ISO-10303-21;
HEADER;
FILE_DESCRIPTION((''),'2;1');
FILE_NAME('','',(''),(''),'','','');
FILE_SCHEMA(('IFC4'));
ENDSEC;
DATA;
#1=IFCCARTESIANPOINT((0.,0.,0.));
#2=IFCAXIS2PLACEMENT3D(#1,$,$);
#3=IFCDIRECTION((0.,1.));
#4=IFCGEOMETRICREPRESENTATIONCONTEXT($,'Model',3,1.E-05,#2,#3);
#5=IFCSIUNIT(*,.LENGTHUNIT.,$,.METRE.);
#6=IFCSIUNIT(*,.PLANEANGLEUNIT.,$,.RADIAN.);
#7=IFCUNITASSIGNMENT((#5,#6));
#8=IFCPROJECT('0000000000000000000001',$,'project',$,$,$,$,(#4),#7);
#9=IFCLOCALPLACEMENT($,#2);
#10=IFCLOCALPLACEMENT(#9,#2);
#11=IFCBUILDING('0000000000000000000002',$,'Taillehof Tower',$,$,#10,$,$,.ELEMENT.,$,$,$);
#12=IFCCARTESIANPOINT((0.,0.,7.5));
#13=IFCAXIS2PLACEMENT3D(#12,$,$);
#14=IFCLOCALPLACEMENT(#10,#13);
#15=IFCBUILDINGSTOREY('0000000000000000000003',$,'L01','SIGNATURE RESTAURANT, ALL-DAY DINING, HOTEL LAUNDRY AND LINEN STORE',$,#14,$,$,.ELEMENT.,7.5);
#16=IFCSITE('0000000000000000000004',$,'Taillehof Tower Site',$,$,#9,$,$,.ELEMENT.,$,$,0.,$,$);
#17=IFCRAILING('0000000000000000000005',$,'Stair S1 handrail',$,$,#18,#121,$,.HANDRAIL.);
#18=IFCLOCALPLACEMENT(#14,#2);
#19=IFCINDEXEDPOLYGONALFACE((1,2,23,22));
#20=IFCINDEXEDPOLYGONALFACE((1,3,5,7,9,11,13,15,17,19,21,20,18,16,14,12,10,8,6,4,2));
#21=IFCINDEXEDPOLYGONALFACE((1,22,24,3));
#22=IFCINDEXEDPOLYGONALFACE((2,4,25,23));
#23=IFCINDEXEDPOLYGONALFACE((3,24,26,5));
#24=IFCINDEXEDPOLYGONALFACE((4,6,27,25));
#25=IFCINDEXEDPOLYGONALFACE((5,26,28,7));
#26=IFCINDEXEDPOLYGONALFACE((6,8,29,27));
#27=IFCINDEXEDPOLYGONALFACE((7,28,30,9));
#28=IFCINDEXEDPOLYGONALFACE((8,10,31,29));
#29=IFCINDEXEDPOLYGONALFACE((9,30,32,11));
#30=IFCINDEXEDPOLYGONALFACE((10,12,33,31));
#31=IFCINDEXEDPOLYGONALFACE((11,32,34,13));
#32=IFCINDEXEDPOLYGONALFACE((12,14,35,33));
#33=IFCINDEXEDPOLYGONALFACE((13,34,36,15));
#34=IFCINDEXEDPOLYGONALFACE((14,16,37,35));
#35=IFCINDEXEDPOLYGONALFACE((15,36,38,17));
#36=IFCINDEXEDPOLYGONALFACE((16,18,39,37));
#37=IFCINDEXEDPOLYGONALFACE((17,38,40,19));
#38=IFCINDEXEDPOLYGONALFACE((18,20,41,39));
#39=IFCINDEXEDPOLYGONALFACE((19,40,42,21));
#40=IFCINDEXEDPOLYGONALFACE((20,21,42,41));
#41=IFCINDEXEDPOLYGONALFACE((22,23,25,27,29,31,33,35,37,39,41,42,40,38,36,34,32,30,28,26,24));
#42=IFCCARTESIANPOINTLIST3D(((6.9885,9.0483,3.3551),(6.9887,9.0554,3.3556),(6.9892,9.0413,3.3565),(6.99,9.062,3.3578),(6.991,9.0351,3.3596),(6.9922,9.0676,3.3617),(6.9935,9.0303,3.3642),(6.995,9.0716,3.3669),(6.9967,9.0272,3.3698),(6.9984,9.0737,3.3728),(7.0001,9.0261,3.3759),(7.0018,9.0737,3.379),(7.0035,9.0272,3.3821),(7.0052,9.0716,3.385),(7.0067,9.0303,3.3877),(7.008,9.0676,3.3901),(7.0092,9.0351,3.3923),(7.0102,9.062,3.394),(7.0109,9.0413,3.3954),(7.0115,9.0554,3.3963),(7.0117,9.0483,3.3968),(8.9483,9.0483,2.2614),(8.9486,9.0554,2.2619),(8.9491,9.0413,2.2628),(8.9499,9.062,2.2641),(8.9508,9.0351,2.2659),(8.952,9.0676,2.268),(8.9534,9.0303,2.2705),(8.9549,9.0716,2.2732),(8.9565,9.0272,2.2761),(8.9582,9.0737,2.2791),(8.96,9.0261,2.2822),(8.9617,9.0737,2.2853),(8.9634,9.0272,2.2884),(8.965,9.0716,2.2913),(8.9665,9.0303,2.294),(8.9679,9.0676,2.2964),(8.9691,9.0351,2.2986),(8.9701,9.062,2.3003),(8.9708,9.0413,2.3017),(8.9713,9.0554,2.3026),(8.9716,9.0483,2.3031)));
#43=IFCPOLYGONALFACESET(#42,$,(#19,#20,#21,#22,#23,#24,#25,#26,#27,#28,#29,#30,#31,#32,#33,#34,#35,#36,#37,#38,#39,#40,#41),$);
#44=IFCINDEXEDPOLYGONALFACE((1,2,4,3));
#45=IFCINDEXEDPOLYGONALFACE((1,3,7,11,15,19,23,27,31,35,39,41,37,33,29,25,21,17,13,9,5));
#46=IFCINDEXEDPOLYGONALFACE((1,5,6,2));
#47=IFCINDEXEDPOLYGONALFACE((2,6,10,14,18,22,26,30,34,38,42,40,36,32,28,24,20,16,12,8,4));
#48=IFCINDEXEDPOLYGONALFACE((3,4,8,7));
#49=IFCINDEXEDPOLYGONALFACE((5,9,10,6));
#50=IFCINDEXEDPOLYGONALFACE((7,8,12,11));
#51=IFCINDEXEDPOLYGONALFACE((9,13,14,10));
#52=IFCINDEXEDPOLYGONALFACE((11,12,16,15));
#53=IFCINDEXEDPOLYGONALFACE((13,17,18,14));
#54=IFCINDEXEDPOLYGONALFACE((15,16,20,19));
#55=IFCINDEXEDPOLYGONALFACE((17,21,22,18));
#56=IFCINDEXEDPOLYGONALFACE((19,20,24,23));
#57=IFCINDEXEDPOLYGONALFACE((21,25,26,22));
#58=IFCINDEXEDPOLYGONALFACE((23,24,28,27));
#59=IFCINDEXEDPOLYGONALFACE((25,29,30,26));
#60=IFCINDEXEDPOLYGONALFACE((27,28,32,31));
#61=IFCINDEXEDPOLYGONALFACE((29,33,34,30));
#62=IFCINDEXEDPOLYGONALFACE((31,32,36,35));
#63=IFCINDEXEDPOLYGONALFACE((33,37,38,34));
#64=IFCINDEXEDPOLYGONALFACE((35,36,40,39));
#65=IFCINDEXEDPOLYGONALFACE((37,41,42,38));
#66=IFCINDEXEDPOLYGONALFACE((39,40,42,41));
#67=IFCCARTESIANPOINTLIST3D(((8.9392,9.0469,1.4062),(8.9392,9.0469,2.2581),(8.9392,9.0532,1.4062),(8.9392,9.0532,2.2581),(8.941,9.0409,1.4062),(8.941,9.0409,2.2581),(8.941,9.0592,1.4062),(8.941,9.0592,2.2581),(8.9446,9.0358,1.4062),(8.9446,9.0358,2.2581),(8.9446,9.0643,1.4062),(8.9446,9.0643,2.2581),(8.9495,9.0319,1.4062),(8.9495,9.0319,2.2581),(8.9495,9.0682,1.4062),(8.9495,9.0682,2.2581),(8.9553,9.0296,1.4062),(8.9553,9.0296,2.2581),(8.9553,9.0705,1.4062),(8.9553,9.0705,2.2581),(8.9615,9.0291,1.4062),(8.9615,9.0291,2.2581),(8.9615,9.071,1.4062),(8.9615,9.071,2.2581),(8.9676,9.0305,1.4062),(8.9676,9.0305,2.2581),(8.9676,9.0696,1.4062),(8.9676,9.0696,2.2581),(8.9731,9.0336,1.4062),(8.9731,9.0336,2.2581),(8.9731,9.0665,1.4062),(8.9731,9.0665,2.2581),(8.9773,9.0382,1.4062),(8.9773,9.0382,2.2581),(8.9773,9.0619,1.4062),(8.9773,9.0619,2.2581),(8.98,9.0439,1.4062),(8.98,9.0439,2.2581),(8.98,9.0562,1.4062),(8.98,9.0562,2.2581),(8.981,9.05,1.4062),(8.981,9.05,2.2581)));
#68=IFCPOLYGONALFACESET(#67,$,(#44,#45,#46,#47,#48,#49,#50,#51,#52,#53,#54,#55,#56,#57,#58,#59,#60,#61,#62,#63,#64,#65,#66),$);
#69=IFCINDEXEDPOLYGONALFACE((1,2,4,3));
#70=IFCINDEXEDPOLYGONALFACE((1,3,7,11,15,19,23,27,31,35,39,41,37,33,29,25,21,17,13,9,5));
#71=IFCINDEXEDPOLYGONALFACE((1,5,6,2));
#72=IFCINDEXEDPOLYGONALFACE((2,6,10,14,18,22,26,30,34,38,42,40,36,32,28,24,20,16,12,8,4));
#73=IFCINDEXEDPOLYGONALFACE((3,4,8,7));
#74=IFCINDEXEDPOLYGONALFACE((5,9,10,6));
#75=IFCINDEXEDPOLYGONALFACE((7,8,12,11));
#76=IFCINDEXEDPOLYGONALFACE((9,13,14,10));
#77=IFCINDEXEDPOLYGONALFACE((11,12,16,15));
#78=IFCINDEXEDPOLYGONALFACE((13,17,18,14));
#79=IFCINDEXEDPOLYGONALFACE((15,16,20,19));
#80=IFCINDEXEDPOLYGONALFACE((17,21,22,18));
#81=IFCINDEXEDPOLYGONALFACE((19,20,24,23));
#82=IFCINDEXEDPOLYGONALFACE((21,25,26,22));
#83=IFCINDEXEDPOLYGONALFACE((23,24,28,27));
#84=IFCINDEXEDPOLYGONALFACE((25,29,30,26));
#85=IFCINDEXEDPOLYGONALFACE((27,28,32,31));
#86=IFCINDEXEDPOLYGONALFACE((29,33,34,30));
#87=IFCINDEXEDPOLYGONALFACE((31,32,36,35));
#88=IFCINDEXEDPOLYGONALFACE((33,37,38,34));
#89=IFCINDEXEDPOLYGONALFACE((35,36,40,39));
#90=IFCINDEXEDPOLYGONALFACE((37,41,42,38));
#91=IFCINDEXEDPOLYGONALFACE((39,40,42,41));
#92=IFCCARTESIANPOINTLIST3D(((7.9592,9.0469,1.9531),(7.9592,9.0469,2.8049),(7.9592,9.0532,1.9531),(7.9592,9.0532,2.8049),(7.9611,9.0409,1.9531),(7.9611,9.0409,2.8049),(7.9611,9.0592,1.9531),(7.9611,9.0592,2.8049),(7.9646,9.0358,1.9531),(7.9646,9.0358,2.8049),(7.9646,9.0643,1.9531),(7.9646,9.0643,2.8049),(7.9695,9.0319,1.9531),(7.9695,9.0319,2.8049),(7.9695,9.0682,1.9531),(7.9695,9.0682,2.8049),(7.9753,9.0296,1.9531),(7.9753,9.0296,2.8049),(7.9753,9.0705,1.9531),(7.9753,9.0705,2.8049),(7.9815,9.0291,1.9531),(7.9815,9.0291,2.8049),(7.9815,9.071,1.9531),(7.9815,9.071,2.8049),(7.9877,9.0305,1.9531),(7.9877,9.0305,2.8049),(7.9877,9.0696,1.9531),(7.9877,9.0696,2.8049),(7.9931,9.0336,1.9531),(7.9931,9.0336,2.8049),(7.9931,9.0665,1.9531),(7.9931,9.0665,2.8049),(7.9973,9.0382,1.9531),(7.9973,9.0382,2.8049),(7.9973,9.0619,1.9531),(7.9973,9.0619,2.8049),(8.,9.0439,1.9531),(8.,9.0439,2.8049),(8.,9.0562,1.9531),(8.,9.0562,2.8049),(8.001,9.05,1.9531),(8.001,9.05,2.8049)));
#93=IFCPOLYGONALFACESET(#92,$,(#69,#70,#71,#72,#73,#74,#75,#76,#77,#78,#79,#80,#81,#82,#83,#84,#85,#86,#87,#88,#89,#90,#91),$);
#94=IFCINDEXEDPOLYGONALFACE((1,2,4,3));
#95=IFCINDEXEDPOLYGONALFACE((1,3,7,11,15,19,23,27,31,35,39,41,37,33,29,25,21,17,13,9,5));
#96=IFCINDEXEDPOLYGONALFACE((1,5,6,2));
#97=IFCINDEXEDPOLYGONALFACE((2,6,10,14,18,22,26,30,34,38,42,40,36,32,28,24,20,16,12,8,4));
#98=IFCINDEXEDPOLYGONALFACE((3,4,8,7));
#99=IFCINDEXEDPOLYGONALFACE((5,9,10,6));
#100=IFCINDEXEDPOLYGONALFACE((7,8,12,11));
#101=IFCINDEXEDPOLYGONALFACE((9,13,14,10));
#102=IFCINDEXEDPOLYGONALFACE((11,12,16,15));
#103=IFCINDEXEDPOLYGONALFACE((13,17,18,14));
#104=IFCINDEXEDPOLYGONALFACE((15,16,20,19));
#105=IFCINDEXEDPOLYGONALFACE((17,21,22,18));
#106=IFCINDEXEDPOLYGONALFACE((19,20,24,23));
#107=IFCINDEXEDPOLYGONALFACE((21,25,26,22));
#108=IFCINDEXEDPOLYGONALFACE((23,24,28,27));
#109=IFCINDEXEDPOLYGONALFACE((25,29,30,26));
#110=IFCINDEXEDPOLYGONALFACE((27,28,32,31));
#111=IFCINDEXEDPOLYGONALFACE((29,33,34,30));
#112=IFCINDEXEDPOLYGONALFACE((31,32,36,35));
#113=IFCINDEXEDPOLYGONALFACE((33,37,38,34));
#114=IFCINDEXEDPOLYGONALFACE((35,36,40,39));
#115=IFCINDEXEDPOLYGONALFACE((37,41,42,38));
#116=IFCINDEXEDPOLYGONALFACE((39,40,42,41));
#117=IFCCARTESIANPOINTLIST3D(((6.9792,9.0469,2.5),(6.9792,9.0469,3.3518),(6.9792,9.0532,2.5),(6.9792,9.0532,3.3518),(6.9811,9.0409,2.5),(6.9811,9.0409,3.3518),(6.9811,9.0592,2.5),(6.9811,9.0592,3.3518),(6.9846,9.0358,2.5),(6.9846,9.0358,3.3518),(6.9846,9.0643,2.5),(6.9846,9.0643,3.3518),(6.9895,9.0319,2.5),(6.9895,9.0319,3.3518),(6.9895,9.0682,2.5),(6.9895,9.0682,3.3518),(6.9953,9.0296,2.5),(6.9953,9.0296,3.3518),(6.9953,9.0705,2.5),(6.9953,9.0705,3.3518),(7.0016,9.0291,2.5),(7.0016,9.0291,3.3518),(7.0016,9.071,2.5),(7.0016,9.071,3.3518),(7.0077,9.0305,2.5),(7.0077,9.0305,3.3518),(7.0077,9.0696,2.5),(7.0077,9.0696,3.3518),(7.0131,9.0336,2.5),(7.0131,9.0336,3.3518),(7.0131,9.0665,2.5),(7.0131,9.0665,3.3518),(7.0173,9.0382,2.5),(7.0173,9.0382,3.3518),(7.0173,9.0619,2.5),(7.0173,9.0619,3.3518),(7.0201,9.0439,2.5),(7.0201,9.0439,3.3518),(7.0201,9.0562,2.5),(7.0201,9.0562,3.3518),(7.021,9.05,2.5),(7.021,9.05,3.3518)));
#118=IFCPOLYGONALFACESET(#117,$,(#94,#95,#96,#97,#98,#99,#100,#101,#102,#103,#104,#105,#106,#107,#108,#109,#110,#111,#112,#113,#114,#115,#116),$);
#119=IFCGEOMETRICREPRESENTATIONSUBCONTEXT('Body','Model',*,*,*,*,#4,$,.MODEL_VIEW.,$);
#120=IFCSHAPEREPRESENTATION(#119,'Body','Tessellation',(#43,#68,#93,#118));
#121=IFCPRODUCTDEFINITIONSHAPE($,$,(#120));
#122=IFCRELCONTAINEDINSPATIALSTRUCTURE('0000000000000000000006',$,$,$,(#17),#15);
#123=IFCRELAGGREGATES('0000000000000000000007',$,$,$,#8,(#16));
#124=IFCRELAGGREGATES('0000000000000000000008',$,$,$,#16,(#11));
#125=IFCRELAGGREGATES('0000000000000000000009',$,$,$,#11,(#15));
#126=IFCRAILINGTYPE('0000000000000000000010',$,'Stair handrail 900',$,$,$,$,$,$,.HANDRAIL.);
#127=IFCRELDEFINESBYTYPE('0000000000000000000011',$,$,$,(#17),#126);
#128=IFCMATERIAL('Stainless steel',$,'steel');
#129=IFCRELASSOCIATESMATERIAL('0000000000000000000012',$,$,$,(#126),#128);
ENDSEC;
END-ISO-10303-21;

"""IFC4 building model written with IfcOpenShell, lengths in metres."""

from ifc_helpers import new_model, si_unit, direction, frame, origin, origin_2d, place, context, subcontext, project, spatial, circle, extrude, material, type_object, element, save


model = new_model("IFC4")

# Units and contexts
model_context = context("Model", 3, precision=1e-05, world=origin(), true_north=direction((0.0, 1.0)))
body_context = subcontext(model_context, "Body", "Model", "MODEL_VIEW")
ifc_project = project(units=[si_unit("LENGTHUNIT", "METRE"), si_unit("PLANEANGLEUNIT", "RADIAN")], contexts=[model_context])

# Site, building, storey
site_placement = place(None, origin())
site = spatial("IfcSite", under=ifc_project, at=site_placement, Name="Taillehof Tower Site", CompositionType="ELEMENT", RefElevation=0.0)
building_placement = place(site_placement, origin())
building = spatial("IfcBuilding", under=site, at=building_placement, Name="Taillehof Tower", CompositionType="ELEMENT")
storey_placement = place(building_placement, frame((0.0, 0.0, 7.5)))
storey = spatial("IfcBuildingStorey", under=building, at=storey_placement, Name="L01", Description="SIGNATURE RESTAURANT, ALL-DAY DINING, HOTEL LAUNDRY AND LINEN STORE", CompositionType="ELEMENT", Elevation=7.5)

# Railing
ifc_material_1 = material(Name="Stainless steel", Category="steel")
railing_type_1 = type_object("IfcRailingType", Name="Stair handrail 900", PredefinedType="HANDRAIL", material=ifc_material_1)
railing_1_placement = place(storey_placement, frame((8.96, 9.05, 1.4062)))
element("IfcRailing", 1, at=railing_1_placement, inside=storey, type_object=railing_type_1, Name="Stair S1 handrail", PredefinedType="HANDRAIL", context=body_context, shape_type="SweptSolid", body=[
    extrude(circle(Radius=0.0239, at=origin_2d()), frame((0.0, 0.0, 0.876), z_axis=(-0.873232, 0.0, 0.487304), x_axis=(0.0, -1.0, 0.0)), (0.0, 0.0, 1.0), 2.2444),
    extrude(circle(Radius=0.021, at=origin_2d()), origin(), (0.0, 0.0, 1.0), 0.8518),
    extrude(circle(Radius=0.021, at=origin_2d()), frame((-0.98, 0.0, 0.5469)), (0.0, 0.0, 1.0), 0.8518),
    extrude(circle(Radius=0.021, at=origin_2d()), frame((-1.96, 0.0, 1.0938)), (0.0, 0.0, 1.0), 0.8518),
])

save(model, "model.ifc")
